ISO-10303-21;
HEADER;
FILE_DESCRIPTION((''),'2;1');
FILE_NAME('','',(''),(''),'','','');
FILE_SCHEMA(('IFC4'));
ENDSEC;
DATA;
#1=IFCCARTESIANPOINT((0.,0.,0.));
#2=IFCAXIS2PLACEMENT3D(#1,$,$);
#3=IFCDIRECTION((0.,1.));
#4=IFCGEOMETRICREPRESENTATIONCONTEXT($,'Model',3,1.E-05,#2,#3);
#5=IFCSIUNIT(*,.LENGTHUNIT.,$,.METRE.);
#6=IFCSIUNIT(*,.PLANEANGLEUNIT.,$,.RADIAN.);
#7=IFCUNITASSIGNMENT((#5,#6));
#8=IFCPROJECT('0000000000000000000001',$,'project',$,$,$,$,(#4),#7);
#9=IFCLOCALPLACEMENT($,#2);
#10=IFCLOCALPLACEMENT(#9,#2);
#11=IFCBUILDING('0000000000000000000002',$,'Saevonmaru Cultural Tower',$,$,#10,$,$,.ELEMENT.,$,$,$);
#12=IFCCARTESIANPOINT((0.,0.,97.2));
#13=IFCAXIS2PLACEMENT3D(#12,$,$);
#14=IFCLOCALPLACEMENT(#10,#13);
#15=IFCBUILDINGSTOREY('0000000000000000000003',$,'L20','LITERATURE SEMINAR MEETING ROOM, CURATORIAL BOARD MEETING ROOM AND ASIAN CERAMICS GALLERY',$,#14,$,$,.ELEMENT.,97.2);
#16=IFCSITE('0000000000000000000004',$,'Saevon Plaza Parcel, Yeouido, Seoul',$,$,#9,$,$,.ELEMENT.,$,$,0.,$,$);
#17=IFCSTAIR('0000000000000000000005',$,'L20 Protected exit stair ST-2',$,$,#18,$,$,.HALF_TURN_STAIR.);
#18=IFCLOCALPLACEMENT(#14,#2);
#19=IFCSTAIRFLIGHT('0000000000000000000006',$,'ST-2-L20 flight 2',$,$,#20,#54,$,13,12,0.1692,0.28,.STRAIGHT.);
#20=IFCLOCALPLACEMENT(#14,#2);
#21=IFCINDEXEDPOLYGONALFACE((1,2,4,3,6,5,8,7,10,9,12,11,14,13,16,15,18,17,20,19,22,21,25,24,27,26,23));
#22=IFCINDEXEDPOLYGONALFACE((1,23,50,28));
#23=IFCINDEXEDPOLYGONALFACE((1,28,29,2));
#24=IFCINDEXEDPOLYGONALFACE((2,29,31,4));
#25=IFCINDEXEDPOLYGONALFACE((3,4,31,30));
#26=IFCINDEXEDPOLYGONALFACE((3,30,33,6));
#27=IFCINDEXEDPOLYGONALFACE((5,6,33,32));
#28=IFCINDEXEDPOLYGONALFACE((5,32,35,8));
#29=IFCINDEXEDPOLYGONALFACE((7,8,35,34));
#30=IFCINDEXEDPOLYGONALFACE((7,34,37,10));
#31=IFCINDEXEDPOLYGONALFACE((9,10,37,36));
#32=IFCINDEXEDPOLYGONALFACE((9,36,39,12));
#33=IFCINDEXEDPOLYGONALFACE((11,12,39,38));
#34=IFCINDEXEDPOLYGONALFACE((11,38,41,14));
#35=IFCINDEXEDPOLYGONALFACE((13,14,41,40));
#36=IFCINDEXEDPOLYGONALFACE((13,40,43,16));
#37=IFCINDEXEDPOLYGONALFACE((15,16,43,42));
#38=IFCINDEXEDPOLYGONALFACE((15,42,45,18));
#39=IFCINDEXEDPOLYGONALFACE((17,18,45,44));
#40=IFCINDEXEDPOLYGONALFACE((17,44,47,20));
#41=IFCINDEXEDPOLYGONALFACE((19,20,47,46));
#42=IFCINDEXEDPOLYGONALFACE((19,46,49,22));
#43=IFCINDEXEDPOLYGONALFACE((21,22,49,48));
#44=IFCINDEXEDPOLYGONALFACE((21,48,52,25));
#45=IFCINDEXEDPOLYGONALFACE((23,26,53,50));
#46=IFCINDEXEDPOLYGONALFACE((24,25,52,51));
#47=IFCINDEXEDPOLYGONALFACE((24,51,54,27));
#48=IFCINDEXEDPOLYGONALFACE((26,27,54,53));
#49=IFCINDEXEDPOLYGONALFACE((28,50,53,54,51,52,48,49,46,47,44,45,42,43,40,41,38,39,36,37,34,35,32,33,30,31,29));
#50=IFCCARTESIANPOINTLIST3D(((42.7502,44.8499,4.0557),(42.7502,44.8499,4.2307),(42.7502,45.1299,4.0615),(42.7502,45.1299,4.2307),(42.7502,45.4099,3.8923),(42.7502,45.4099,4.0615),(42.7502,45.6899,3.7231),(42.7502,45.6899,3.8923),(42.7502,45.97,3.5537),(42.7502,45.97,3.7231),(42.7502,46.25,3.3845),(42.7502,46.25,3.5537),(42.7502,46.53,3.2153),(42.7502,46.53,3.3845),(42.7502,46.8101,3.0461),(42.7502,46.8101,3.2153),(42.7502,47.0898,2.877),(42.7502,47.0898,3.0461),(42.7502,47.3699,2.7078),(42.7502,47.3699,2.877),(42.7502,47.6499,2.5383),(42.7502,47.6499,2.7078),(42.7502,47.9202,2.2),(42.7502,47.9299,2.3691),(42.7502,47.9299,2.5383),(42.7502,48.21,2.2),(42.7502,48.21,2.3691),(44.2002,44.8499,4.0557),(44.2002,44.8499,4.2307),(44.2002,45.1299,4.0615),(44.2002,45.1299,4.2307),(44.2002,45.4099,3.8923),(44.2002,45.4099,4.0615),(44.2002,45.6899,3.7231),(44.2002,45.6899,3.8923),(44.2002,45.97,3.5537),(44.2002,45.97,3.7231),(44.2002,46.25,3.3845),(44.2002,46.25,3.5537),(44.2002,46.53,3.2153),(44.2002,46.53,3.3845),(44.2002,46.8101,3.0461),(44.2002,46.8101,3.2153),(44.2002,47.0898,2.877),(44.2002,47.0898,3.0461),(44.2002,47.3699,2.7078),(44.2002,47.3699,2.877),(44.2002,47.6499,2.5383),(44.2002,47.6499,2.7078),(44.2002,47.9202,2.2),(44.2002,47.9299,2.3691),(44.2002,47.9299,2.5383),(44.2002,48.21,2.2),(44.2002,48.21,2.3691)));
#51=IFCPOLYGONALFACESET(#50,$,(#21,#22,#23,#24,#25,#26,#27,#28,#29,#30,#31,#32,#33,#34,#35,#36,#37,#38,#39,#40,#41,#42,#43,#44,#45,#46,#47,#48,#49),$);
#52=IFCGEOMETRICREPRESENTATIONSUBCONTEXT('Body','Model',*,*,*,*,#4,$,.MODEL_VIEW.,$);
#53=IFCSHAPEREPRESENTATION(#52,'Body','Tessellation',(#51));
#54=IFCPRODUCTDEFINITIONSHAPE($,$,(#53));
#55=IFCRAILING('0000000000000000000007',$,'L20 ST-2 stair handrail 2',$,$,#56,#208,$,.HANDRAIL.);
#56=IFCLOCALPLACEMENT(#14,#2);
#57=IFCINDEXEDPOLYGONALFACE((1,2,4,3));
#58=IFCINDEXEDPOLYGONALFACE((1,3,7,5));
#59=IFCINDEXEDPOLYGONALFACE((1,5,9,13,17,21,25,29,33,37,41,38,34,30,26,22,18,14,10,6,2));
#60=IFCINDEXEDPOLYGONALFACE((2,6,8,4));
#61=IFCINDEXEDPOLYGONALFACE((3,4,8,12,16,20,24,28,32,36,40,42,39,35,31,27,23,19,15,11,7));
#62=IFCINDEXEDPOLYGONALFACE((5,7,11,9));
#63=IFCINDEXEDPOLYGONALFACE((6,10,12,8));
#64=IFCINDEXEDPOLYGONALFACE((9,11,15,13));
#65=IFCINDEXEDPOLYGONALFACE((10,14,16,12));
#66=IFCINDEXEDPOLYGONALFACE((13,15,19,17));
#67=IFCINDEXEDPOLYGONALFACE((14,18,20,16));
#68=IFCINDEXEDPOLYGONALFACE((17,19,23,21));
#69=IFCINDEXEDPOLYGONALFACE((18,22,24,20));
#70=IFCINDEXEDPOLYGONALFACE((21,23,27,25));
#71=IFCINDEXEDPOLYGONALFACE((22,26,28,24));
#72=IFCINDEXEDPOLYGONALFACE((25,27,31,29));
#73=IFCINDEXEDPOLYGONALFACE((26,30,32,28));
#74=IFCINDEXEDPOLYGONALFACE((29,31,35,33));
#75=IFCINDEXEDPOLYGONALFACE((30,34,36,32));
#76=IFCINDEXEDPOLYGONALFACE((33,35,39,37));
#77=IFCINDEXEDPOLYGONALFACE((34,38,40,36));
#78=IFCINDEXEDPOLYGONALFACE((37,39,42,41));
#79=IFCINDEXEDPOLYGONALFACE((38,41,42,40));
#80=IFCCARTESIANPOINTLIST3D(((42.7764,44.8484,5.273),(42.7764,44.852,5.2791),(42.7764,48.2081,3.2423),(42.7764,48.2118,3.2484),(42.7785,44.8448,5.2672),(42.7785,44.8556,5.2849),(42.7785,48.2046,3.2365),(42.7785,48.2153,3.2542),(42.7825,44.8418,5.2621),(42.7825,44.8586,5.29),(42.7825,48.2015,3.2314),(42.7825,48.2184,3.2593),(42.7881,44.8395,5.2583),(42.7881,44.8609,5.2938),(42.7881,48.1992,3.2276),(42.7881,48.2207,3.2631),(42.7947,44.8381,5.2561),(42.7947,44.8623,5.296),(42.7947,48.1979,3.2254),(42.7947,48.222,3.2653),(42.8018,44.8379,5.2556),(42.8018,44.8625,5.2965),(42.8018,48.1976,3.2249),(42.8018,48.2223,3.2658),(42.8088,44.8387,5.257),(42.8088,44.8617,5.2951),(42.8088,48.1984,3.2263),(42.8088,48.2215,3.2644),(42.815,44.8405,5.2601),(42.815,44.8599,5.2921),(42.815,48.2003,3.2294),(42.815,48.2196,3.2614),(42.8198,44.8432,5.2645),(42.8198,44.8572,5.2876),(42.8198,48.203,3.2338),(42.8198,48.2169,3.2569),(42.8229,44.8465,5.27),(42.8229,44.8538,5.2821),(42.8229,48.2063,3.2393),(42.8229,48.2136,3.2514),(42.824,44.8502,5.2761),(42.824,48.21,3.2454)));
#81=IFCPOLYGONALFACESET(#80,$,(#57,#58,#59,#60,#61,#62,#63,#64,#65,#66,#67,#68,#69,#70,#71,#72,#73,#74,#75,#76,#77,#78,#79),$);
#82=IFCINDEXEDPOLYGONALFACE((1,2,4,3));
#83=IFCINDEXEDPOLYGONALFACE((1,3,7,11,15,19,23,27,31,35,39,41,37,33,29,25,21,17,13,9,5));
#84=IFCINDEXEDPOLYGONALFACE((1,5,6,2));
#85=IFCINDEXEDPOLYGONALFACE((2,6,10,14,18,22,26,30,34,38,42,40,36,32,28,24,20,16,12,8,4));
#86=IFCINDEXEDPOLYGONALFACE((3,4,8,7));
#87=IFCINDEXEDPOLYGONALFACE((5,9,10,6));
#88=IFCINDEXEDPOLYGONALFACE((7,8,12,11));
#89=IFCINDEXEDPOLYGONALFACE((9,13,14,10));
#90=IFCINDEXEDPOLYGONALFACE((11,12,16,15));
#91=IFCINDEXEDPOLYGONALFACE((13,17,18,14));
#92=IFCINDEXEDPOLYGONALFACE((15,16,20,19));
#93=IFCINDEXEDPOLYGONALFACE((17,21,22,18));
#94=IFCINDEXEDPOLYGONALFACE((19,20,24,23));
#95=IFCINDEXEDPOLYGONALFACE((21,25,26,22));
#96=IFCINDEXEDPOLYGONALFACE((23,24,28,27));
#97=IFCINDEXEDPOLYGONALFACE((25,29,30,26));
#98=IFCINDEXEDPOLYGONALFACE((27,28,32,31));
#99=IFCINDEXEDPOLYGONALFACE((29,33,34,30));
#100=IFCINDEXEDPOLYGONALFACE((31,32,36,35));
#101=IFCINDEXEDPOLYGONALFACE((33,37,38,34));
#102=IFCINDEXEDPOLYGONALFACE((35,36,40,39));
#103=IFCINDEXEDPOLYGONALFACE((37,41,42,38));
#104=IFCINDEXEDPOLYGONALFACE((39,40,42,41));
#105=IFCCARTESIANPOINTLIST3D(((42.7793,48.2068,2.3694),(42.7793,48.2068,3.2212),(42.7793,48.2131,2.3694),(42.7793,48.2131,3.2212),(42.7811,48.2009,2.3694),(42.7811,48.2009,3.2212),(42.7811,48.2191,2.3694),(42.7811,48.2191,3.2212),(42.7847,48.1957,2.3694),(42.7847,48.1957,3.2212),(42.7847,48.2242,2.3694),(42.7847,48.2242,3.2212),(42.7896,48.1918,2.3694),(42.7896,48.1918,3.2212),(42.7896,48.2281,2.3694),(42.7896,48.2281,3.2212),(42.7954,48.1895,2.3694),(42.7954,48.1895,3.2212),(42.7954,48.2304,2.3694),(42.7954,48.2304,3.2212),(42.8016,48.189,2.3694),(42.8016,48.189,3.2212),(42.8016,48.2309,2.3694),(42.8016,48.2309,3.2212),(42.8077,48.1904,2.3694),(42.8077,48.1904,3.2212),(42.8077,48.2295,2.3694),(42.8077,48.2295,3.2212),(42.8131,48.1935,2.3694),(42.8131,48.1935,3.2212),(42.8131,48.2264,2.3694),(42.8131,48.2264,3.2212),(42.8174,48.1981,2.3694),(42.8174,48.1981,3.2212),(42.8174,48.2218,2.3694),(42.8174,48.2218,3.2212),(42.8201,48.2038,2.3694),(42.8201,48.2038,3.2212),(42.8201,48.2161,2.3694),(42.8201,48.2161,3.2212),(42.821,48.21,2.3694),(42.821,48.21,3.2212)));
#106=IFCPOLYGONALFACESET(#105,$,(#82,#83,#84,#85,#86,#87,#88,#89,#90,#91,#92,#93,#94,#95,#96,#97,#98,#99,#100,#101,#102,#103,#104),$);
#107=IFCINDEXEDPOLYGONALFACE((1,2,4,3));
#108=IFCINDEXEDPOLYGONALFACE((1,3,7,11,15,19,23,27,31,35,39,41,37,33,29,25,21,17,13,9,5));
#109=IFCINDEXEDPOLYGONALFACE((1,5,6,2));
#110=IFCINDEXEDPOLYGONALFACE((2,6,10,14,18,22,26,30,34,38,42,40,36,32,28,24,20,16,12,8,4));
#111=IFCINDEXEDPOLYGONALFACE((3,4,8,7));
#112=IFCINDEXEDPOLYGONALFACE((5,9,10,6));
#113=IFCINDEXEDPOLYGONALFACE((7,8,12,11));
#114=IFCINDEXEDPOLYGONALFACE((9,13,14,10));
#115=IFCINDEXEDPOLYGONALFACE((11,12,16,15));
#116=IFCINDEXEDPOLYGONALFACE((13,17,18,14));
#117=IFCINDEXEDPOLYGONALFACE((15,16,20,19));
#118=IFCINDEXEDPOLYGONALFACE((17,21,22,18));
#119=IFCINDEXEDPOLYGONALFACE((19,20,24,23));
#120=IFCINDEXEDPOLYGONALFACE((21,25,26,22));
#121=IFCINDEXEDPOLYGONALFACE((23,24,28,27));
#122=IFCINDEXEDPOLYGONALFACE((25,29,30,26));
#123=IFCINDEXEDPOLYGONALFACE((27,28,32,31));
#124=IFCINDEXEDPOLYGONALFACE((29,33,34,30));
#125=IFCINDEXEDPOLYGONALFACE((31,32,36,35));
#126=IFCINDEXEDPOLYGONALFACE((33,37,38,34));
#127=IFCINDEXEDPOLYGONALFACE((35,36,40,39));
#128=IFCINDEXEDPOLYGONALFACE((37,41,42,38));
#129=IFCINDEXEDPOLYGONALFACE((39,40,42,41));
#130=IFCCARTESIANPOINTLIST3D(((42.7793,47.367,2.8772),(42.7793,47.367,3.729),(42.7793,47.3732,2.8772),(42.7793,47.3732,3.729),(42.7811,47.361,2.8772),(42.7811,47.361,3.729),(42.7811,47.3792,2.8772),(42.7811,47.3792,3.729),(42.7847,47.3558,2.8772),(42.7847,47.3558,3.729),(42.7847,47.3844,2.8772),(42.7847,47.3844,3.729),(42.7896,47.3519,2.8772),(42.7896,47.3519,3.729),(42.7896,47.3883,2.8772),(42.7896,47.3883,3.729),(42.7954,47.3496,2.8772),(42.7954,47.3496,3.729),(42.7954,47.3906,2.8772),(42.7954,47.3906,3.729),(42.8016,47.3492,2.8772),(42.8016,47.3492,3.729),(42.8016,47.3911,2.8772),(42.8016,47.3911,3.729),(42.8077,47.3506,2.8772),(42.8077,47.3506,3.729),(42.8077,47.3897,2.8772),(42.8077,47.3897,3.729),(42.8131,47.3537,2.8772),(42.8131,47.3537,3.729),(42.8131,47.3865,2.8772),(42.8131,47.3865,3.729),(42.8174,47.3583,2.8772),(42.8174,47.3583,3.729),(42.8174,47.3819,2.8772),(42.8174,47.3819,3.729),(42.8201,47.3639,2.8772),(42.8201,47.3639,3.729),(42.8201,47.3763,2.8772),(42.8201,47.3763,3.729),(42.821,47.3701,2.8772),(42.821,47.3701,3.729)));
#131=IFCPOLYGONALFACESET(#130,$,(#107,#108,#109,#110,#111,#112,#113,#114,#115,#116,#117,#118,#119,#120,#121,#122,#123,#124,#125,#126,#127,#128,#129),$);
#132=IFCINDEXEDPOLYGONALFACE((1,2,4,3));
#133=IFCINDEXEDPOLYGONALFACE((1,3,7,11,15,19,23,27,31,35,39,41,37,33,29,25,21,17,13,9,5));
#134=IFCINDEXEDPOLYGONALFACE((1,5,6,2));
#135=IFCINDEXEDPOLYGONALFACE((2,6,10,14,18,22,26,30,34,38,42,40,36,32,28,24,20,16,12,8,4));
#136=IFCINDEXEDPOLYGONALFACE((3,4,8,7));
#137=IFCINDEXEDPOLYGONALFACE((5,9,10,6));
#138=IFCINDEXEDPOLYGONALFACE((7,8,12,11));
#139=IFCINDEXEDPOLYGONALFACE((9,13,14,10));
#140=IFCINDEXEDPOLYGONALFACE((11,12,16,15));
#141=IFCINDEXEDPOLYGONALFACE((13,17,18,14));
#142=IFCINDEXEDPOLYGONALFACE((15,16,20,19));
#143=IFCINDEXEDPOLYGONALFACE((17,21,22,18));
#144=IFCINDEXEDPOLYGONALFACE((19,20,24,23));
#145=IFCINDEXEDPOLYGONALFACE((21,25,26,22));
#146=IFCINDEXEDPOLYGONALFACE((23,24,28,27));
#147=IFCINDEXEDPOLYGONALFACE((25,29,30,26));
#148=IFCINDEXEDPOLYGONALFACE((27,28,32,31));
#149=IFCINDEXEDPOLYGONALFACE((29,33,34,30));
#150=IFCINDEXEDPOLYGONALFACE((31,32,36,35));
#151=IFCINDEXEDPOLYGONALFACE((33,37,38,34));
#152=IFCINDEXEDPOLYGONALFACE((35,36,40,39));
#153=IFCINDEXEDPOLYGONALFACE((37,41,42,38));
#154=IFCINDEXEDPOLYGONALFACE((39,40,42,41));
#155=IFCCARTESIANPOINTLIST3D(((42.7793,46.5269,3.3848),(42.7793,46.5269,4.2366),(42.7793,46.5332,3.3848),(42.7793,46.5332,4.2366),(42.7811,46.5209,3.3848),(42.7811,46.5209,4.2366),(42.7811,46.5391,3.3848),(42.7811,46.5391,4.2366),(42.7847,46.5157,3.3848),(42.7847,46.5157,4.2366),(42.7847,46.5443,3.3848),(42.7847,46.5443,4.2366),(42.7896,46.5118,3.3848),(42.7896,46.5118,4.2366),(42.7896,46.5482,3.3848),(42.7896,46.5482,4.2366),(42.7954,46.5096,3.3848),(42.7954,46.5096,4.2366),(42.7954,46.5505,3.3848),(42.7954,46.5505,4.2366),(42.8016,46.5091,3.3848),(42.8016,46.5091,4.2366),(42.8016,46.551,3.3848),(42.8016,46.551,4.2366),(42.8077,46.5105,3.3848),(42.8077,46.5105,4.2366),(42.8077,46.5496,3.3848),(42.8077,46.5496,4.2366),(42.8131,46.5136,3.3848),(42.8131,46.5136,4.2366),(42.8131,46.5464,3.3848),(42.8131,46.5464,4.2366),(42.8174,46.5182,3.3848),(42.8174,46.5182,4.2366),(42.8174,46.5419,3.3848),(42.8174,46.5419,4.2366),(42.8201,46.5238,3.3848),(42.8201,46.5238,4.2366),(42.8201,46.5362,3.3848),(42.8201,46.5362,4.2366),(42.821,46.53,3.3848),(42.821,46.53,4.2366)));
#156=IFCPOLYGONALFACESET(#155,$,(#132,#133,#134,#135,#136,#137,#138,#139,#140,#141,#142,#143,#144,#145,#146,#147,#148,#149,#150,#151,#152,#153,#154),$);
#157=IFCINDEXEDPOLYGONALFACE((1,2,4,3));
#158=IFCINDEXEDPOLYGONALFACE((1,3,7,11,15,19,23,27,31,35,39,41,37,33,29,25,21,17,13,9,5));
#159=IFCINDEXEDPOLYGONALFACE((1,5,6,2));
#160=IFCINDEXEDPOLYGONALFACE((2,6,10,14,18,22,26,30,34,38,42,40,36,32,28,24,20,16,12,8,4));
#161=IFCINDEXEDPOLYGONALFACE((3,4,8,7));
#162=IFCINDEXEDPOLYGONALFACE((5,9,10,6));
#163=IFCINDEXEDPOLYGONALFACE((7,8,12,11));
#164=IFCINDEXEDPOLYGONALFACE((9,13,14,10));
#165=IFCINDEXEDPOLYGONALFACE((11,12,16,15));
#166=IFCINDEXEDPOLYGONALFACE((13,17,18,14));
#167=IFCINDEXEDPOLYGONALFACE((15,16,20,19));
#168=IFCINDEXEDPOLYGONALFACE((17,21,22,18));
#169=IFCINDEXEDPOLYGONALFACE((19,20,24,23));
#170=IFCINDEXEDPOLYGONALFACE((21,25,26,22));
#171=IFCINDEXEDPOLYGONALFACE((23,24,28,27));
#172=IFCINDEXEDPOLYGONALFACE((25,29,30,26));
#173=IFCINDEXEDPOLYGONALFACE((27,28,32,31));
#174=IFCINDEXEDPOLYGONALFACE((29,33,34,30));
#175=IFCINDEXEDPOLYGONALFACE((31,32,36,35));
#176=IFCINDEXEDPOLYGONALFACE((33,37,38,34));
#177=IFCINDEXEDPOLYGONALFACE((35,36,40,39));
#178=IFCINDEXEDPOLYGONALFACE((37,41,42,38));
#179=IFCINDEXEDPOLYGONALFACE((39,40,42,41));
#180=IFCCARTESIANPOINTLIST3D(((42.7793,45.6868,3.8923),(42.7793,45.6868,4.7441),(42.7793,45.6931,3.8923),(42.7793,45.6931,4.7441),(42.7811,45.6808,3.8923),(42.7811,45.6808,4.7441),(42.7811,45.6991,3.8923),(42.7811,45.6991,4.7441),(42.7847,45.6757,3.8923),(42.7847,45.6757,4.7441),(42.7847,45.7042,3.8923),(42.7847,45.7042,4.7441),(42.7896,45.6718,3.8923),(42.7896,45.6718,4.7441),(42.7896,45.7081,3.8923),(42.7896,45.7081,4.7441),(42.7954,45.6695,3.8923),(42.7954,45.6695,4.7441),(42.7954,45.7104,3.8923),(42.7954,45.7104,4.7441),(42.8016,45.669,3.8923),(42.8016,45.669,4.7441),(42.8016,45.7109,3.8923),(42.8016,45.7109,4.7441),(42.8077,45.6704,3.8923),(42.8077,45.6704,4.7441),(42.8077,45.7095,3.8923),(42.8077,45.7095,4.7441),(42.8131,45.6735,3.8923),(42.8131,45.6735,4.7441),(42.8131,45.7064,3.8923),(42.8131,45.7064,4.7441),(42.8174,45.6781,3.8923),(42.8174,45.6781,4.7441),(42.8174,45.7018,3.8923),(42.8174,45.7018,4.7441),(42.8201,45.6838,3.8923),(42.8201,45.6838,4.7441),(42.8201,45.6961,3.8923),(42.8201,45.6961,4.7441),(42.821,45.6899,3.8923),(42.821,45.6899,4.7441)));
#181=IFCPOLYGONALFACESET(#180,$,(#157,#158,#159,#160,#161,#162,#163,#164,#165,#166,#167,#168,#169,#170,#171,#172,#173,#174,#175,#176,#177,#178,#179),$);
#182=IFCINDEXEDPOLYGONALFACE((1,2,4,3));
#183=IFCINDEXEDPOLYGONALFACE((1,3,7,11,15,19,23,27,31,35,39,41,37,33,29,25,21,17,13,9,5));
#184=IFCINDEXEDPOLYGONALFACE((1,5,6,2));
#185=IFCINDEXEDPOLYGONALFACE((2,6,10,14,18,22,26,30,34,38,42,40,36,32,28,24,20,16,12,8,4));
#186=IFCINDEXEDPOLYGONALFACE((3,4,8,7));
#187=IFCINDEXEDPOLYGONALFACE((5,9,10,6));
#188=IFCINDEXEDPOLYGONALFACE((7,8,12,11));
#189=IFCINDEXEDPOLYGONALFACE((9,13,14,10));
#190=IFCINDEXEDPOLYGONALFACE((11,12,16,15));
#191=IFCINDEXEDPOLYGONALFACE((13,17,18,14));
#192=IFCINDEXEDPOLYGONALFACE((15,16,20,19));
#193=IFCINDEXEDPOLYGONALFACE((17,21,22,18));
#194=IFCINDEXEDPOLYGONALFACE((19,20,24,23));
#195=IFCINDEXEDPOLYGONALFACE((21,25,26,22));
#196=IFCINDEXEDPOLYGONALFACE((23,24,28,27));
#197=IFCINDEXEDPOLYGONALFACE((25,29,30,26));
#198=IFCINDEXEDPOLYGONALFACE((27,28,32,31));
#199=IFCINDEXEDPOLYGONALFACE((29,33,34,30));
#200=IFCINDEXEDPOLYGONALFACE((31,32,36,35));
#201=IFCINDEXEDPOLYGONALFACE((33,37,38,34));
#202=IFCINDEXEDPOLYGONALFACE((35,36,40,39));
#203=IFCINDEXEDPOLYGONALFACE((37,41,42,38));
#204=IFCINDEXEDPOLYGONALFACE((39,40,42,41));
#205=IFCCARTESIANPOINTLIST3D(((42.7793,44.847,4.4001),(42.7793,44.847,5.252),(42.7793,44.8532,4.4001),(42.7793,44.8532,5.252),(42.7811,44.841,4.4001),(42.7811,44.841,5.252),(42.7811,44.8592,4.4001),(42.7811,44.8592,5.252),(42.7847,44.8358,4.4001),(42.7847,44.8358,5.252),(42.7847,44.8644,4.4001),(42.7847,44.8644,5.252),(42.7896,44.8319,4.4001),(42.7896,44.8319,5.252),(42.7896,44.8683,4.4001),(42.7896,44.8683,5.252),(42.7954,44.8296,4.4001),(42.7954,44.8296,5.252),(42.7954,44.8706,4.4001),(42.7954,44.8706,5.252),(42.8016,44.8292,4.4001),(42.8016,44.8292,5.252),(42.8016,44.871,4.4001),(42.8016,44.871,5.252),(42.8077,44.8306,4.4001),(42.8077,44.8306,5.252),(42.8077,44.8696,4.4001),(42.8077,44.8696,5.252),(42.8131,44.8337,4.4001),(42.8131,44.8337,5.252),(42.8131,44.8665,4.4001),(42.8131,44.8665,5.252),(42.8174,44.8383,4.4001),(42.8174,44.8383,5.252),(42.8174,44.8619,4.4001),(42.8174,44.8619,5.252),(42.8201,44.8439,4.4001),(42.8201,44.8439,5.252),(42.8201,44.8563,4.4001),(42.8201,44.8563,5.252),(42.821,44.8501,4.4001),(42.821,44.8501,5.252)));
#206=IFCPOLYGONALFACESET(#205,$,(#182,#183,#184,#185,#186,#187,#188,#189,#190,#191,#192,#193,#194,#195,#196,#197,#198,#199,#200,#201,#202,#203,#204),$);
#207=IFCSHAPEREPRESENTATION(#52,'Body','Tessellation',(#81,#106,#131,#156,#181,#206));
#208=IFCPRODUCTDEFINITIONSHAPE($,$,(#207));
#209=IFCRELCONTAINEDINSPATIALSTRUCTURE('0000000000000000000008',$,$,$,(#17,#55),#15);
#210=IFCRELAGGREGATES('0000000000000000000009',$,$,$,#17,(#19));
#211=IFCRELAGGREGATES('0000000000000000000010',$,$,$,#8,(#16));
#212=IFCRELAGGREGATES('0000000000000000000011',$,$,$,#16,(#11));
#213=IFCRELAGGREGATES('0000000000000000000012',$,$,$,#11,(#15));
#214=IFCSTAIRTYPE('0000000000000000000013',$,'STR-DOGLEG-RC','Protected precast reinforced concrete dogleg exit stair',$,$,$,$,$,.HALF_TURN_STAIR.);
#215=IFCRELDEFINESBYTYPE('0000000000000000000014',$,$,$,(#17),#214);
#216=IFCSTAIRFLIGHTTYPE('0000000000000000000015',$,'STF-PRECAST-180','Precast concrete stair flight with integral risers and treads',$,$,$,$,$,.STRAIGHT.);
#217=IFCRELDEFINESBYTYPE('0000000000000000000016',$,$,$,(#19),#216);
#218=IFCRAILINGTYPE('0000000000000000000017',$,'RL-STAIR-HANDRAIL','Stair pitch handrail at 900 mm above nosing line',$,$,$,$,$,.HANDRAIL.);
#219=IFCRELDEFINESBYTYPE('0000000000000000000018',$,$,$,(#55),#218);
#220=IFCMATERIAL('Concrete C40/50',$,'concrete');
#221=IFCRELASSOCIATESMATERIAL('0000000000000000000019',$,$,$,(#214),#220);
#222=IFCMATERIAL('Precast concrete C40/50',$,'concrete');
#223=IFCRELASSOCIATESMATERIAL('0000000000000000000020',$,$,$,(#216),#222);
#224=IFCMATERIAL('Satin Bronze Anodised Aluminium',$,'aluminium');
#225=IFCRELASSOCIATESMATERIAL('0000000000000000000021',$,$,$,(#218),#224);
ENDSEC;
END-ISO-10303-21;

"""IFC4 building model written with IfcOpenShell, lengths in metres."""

from ifc_helpers import new_model, si_unit, direction, frame, origin, origin_2d, place, context, subcontext, project, spatial, polyline, circle, outline, extrude, material, type_object, element, aggregate, save


model = new_model("IFC4")

# Units and contexts
model_context = context("Model", 3, precision=1e-05, world=origin(), true_north=direction((0.0, 1.0)))
body_context = subcontext(model_context, "Body", "Model", "MODEL_VIEW")
ifc_project = project(units=[si_unit("LENGTHUNIT", "METRE"), si_unit("PLANEANGLEUNIT", "RADIAN")], contexts=[model_context])

# Site, building, storey
site_placement = place(None, origin())
site = spatial("IfcSite", under=ifc_project, at=site_placement, Name="Saevon Plaza Parcel, Yeouido, Seoul", CompositionType="ELEMENT", RefElevation=0.0)
building_placement = place(site_placement, origin())
building = spatial("IfcBuilding", under=site, at=building_placement, Name="Saevonmaru Cultural Tower", CompositionType="ELEMENT")
storey_placement = place(building_placement, frame((0.0, 0.0, 97.2)))
storey = spatial("IfcBuildingStorey", under=building, at=storey_placement, Name="L20", Description="LITERATURE SEMINAR MEETING ROOM, CURATORIAL BOARD MEETING ROOM AND ASIAN CERAMICS GALLERY", CompositionType="ELEMENT", Elevation=97.2)

# Shared definitions
ifc_material_1 = material(Name="Satin Bronze Anodised Aluminium", Category="aluminium")

# Shared definitions
ifc_material_2 = material(Name="Concrete C40/50", Category="concrete")

# Stair, stair flight
stair_type = type_object("IfcStairType", Name="STR-DOGLEG-RC", Description="Protected precast reinforced concrete dogleg exit stair", PredefinedType="HALF_TURN_STAIR", material=ifc_material_2)
stair_placement = place(storey_placement, origin())
stair = element("IfcStair", 1, at=stair_placement, inside=storey, type_object=stair_type, Name="L20 Protected exit stair ST-2", PredefinedType="HALF_TURN_STAIR")
ifc_material_3 = material(Name="Precast concrete C40/50", Category="concrete")
stair_flight_type = type_object("IfcStairFlightType", Name="STF-PRECAST-180", Description="Precast concrete stair flight with integral risers and treads", PredefinedType="STRAIGHT", material=ifc_material_3)
stair_flight_placement = place(storey_placement, frame((43.4751, 48.21, 2.2), z_axis=(0.0, 0.0, 1.0), x_axis=(0.0, -1.0, 0.0)))
stair_flight = element("IfcStairFlight", 2, at=stair_flight_placement, type_object=stair_flight_type, Name="ST-2-L20 flight 2", NumberOfRisers=13, NumberOfTreads=12, PredefinedType="STRAIGHT", RiserHeight=0.1692, TreadLength=0.28, context=body_context, shape_type="SweptSolid", body=[
    extrude(outline(polyline([(0.0, 0.0), (0.0, 0.1692), (0.28, 0.1692), (0.28, 0.3384), (0.5601, 0.3384), (0.5601, 0.5078), (0.8401, 0.5078), (0.8401, 0.677), (1.1201, 0.677), (1.1201, 0.8462), (1.3999, 0.8462), (1.3999, 1.0154), (1.6799, 1.0154), (1.6799, 1.1846), (1.96, 1.1846), (1.96, 1.3538), (2.24, 1.3538), (2.24, 1.5232), (2.52, 1.5232), (2.52, 1.6924), (2.8, 1.6924), (2.8, 1.8616), (3.0801, 1.8616), (3.0801, 2.0308), (3.3601, 2.0308), (3.3601, 2.2), (3.3601, 1.8557), (0.2898, 0.0), (0.0, 0.0)])), frame((0.0, 0.7251, 0.0), z_axis=(0.0, -1.0, 0.0), x_axis=(1.0, 0.0, 0.0)), (0.0, 0.0, 1.0), 1.45),
])
aggregate(stair, [stair_flight])

# Railing
railing_type = type_object("IfcRailingType", Name="RL-STAIR-HANDRAIL", Description="Stair pitch handrail at 900 mm above nosing line", PredefinedType="HANDRAIL", material=ifc_material_1)
railing_placement = place(storey_placement, frame((42.8, 48.21, 2.3694)))
element("IfcRailing", 3, at=railing_placement, inside=storey, type_object=railing_type, Name="L20 ST-2 stair handrail 2", PredefinedType="HANDRAIL", context=body_context, shape_type="SweptSolid", body=[
    extrude(circle(Radius=0.0239, at=origin_2d()), frame((0.0, 0.0, 0.876), z_axis=(0.0, -0.85582, 0.517273), x_axis=(1.0, 0.0, 0.0)), (0.0, 0.0, 1.0), 3.9258),
    extrude(circle(Radius=0.021, at=origin_2d()), origin(), (0.0, 0.0, 1.0), 0.8518),
    extrude(circle(Radius=0.021, at=origin_2d()), frame((0.0, -0.8398, 0.5078)), (0.0, 0.0, 1.0), 0.8518),
    extrude(circle(Radius=0.021, at=origin_2d()), frame((0.0, -1.6799, 1.0154)), (0.0, 0.0, 1.0), 0.8518),
    extrude(circle(Radius=0.021, at=origin_2d()), frame((0.0, -2.52, 1.5229)), (0.0, 0.0, 1.0), 0.8518),
    extrude(circle(Radius=0.021, at=origin_2d()), frame((0.0, -3.3599, 2.0308)), (0.0, 0.0, 1.0), 0.8518),
])

save(model, "model.ifc")
